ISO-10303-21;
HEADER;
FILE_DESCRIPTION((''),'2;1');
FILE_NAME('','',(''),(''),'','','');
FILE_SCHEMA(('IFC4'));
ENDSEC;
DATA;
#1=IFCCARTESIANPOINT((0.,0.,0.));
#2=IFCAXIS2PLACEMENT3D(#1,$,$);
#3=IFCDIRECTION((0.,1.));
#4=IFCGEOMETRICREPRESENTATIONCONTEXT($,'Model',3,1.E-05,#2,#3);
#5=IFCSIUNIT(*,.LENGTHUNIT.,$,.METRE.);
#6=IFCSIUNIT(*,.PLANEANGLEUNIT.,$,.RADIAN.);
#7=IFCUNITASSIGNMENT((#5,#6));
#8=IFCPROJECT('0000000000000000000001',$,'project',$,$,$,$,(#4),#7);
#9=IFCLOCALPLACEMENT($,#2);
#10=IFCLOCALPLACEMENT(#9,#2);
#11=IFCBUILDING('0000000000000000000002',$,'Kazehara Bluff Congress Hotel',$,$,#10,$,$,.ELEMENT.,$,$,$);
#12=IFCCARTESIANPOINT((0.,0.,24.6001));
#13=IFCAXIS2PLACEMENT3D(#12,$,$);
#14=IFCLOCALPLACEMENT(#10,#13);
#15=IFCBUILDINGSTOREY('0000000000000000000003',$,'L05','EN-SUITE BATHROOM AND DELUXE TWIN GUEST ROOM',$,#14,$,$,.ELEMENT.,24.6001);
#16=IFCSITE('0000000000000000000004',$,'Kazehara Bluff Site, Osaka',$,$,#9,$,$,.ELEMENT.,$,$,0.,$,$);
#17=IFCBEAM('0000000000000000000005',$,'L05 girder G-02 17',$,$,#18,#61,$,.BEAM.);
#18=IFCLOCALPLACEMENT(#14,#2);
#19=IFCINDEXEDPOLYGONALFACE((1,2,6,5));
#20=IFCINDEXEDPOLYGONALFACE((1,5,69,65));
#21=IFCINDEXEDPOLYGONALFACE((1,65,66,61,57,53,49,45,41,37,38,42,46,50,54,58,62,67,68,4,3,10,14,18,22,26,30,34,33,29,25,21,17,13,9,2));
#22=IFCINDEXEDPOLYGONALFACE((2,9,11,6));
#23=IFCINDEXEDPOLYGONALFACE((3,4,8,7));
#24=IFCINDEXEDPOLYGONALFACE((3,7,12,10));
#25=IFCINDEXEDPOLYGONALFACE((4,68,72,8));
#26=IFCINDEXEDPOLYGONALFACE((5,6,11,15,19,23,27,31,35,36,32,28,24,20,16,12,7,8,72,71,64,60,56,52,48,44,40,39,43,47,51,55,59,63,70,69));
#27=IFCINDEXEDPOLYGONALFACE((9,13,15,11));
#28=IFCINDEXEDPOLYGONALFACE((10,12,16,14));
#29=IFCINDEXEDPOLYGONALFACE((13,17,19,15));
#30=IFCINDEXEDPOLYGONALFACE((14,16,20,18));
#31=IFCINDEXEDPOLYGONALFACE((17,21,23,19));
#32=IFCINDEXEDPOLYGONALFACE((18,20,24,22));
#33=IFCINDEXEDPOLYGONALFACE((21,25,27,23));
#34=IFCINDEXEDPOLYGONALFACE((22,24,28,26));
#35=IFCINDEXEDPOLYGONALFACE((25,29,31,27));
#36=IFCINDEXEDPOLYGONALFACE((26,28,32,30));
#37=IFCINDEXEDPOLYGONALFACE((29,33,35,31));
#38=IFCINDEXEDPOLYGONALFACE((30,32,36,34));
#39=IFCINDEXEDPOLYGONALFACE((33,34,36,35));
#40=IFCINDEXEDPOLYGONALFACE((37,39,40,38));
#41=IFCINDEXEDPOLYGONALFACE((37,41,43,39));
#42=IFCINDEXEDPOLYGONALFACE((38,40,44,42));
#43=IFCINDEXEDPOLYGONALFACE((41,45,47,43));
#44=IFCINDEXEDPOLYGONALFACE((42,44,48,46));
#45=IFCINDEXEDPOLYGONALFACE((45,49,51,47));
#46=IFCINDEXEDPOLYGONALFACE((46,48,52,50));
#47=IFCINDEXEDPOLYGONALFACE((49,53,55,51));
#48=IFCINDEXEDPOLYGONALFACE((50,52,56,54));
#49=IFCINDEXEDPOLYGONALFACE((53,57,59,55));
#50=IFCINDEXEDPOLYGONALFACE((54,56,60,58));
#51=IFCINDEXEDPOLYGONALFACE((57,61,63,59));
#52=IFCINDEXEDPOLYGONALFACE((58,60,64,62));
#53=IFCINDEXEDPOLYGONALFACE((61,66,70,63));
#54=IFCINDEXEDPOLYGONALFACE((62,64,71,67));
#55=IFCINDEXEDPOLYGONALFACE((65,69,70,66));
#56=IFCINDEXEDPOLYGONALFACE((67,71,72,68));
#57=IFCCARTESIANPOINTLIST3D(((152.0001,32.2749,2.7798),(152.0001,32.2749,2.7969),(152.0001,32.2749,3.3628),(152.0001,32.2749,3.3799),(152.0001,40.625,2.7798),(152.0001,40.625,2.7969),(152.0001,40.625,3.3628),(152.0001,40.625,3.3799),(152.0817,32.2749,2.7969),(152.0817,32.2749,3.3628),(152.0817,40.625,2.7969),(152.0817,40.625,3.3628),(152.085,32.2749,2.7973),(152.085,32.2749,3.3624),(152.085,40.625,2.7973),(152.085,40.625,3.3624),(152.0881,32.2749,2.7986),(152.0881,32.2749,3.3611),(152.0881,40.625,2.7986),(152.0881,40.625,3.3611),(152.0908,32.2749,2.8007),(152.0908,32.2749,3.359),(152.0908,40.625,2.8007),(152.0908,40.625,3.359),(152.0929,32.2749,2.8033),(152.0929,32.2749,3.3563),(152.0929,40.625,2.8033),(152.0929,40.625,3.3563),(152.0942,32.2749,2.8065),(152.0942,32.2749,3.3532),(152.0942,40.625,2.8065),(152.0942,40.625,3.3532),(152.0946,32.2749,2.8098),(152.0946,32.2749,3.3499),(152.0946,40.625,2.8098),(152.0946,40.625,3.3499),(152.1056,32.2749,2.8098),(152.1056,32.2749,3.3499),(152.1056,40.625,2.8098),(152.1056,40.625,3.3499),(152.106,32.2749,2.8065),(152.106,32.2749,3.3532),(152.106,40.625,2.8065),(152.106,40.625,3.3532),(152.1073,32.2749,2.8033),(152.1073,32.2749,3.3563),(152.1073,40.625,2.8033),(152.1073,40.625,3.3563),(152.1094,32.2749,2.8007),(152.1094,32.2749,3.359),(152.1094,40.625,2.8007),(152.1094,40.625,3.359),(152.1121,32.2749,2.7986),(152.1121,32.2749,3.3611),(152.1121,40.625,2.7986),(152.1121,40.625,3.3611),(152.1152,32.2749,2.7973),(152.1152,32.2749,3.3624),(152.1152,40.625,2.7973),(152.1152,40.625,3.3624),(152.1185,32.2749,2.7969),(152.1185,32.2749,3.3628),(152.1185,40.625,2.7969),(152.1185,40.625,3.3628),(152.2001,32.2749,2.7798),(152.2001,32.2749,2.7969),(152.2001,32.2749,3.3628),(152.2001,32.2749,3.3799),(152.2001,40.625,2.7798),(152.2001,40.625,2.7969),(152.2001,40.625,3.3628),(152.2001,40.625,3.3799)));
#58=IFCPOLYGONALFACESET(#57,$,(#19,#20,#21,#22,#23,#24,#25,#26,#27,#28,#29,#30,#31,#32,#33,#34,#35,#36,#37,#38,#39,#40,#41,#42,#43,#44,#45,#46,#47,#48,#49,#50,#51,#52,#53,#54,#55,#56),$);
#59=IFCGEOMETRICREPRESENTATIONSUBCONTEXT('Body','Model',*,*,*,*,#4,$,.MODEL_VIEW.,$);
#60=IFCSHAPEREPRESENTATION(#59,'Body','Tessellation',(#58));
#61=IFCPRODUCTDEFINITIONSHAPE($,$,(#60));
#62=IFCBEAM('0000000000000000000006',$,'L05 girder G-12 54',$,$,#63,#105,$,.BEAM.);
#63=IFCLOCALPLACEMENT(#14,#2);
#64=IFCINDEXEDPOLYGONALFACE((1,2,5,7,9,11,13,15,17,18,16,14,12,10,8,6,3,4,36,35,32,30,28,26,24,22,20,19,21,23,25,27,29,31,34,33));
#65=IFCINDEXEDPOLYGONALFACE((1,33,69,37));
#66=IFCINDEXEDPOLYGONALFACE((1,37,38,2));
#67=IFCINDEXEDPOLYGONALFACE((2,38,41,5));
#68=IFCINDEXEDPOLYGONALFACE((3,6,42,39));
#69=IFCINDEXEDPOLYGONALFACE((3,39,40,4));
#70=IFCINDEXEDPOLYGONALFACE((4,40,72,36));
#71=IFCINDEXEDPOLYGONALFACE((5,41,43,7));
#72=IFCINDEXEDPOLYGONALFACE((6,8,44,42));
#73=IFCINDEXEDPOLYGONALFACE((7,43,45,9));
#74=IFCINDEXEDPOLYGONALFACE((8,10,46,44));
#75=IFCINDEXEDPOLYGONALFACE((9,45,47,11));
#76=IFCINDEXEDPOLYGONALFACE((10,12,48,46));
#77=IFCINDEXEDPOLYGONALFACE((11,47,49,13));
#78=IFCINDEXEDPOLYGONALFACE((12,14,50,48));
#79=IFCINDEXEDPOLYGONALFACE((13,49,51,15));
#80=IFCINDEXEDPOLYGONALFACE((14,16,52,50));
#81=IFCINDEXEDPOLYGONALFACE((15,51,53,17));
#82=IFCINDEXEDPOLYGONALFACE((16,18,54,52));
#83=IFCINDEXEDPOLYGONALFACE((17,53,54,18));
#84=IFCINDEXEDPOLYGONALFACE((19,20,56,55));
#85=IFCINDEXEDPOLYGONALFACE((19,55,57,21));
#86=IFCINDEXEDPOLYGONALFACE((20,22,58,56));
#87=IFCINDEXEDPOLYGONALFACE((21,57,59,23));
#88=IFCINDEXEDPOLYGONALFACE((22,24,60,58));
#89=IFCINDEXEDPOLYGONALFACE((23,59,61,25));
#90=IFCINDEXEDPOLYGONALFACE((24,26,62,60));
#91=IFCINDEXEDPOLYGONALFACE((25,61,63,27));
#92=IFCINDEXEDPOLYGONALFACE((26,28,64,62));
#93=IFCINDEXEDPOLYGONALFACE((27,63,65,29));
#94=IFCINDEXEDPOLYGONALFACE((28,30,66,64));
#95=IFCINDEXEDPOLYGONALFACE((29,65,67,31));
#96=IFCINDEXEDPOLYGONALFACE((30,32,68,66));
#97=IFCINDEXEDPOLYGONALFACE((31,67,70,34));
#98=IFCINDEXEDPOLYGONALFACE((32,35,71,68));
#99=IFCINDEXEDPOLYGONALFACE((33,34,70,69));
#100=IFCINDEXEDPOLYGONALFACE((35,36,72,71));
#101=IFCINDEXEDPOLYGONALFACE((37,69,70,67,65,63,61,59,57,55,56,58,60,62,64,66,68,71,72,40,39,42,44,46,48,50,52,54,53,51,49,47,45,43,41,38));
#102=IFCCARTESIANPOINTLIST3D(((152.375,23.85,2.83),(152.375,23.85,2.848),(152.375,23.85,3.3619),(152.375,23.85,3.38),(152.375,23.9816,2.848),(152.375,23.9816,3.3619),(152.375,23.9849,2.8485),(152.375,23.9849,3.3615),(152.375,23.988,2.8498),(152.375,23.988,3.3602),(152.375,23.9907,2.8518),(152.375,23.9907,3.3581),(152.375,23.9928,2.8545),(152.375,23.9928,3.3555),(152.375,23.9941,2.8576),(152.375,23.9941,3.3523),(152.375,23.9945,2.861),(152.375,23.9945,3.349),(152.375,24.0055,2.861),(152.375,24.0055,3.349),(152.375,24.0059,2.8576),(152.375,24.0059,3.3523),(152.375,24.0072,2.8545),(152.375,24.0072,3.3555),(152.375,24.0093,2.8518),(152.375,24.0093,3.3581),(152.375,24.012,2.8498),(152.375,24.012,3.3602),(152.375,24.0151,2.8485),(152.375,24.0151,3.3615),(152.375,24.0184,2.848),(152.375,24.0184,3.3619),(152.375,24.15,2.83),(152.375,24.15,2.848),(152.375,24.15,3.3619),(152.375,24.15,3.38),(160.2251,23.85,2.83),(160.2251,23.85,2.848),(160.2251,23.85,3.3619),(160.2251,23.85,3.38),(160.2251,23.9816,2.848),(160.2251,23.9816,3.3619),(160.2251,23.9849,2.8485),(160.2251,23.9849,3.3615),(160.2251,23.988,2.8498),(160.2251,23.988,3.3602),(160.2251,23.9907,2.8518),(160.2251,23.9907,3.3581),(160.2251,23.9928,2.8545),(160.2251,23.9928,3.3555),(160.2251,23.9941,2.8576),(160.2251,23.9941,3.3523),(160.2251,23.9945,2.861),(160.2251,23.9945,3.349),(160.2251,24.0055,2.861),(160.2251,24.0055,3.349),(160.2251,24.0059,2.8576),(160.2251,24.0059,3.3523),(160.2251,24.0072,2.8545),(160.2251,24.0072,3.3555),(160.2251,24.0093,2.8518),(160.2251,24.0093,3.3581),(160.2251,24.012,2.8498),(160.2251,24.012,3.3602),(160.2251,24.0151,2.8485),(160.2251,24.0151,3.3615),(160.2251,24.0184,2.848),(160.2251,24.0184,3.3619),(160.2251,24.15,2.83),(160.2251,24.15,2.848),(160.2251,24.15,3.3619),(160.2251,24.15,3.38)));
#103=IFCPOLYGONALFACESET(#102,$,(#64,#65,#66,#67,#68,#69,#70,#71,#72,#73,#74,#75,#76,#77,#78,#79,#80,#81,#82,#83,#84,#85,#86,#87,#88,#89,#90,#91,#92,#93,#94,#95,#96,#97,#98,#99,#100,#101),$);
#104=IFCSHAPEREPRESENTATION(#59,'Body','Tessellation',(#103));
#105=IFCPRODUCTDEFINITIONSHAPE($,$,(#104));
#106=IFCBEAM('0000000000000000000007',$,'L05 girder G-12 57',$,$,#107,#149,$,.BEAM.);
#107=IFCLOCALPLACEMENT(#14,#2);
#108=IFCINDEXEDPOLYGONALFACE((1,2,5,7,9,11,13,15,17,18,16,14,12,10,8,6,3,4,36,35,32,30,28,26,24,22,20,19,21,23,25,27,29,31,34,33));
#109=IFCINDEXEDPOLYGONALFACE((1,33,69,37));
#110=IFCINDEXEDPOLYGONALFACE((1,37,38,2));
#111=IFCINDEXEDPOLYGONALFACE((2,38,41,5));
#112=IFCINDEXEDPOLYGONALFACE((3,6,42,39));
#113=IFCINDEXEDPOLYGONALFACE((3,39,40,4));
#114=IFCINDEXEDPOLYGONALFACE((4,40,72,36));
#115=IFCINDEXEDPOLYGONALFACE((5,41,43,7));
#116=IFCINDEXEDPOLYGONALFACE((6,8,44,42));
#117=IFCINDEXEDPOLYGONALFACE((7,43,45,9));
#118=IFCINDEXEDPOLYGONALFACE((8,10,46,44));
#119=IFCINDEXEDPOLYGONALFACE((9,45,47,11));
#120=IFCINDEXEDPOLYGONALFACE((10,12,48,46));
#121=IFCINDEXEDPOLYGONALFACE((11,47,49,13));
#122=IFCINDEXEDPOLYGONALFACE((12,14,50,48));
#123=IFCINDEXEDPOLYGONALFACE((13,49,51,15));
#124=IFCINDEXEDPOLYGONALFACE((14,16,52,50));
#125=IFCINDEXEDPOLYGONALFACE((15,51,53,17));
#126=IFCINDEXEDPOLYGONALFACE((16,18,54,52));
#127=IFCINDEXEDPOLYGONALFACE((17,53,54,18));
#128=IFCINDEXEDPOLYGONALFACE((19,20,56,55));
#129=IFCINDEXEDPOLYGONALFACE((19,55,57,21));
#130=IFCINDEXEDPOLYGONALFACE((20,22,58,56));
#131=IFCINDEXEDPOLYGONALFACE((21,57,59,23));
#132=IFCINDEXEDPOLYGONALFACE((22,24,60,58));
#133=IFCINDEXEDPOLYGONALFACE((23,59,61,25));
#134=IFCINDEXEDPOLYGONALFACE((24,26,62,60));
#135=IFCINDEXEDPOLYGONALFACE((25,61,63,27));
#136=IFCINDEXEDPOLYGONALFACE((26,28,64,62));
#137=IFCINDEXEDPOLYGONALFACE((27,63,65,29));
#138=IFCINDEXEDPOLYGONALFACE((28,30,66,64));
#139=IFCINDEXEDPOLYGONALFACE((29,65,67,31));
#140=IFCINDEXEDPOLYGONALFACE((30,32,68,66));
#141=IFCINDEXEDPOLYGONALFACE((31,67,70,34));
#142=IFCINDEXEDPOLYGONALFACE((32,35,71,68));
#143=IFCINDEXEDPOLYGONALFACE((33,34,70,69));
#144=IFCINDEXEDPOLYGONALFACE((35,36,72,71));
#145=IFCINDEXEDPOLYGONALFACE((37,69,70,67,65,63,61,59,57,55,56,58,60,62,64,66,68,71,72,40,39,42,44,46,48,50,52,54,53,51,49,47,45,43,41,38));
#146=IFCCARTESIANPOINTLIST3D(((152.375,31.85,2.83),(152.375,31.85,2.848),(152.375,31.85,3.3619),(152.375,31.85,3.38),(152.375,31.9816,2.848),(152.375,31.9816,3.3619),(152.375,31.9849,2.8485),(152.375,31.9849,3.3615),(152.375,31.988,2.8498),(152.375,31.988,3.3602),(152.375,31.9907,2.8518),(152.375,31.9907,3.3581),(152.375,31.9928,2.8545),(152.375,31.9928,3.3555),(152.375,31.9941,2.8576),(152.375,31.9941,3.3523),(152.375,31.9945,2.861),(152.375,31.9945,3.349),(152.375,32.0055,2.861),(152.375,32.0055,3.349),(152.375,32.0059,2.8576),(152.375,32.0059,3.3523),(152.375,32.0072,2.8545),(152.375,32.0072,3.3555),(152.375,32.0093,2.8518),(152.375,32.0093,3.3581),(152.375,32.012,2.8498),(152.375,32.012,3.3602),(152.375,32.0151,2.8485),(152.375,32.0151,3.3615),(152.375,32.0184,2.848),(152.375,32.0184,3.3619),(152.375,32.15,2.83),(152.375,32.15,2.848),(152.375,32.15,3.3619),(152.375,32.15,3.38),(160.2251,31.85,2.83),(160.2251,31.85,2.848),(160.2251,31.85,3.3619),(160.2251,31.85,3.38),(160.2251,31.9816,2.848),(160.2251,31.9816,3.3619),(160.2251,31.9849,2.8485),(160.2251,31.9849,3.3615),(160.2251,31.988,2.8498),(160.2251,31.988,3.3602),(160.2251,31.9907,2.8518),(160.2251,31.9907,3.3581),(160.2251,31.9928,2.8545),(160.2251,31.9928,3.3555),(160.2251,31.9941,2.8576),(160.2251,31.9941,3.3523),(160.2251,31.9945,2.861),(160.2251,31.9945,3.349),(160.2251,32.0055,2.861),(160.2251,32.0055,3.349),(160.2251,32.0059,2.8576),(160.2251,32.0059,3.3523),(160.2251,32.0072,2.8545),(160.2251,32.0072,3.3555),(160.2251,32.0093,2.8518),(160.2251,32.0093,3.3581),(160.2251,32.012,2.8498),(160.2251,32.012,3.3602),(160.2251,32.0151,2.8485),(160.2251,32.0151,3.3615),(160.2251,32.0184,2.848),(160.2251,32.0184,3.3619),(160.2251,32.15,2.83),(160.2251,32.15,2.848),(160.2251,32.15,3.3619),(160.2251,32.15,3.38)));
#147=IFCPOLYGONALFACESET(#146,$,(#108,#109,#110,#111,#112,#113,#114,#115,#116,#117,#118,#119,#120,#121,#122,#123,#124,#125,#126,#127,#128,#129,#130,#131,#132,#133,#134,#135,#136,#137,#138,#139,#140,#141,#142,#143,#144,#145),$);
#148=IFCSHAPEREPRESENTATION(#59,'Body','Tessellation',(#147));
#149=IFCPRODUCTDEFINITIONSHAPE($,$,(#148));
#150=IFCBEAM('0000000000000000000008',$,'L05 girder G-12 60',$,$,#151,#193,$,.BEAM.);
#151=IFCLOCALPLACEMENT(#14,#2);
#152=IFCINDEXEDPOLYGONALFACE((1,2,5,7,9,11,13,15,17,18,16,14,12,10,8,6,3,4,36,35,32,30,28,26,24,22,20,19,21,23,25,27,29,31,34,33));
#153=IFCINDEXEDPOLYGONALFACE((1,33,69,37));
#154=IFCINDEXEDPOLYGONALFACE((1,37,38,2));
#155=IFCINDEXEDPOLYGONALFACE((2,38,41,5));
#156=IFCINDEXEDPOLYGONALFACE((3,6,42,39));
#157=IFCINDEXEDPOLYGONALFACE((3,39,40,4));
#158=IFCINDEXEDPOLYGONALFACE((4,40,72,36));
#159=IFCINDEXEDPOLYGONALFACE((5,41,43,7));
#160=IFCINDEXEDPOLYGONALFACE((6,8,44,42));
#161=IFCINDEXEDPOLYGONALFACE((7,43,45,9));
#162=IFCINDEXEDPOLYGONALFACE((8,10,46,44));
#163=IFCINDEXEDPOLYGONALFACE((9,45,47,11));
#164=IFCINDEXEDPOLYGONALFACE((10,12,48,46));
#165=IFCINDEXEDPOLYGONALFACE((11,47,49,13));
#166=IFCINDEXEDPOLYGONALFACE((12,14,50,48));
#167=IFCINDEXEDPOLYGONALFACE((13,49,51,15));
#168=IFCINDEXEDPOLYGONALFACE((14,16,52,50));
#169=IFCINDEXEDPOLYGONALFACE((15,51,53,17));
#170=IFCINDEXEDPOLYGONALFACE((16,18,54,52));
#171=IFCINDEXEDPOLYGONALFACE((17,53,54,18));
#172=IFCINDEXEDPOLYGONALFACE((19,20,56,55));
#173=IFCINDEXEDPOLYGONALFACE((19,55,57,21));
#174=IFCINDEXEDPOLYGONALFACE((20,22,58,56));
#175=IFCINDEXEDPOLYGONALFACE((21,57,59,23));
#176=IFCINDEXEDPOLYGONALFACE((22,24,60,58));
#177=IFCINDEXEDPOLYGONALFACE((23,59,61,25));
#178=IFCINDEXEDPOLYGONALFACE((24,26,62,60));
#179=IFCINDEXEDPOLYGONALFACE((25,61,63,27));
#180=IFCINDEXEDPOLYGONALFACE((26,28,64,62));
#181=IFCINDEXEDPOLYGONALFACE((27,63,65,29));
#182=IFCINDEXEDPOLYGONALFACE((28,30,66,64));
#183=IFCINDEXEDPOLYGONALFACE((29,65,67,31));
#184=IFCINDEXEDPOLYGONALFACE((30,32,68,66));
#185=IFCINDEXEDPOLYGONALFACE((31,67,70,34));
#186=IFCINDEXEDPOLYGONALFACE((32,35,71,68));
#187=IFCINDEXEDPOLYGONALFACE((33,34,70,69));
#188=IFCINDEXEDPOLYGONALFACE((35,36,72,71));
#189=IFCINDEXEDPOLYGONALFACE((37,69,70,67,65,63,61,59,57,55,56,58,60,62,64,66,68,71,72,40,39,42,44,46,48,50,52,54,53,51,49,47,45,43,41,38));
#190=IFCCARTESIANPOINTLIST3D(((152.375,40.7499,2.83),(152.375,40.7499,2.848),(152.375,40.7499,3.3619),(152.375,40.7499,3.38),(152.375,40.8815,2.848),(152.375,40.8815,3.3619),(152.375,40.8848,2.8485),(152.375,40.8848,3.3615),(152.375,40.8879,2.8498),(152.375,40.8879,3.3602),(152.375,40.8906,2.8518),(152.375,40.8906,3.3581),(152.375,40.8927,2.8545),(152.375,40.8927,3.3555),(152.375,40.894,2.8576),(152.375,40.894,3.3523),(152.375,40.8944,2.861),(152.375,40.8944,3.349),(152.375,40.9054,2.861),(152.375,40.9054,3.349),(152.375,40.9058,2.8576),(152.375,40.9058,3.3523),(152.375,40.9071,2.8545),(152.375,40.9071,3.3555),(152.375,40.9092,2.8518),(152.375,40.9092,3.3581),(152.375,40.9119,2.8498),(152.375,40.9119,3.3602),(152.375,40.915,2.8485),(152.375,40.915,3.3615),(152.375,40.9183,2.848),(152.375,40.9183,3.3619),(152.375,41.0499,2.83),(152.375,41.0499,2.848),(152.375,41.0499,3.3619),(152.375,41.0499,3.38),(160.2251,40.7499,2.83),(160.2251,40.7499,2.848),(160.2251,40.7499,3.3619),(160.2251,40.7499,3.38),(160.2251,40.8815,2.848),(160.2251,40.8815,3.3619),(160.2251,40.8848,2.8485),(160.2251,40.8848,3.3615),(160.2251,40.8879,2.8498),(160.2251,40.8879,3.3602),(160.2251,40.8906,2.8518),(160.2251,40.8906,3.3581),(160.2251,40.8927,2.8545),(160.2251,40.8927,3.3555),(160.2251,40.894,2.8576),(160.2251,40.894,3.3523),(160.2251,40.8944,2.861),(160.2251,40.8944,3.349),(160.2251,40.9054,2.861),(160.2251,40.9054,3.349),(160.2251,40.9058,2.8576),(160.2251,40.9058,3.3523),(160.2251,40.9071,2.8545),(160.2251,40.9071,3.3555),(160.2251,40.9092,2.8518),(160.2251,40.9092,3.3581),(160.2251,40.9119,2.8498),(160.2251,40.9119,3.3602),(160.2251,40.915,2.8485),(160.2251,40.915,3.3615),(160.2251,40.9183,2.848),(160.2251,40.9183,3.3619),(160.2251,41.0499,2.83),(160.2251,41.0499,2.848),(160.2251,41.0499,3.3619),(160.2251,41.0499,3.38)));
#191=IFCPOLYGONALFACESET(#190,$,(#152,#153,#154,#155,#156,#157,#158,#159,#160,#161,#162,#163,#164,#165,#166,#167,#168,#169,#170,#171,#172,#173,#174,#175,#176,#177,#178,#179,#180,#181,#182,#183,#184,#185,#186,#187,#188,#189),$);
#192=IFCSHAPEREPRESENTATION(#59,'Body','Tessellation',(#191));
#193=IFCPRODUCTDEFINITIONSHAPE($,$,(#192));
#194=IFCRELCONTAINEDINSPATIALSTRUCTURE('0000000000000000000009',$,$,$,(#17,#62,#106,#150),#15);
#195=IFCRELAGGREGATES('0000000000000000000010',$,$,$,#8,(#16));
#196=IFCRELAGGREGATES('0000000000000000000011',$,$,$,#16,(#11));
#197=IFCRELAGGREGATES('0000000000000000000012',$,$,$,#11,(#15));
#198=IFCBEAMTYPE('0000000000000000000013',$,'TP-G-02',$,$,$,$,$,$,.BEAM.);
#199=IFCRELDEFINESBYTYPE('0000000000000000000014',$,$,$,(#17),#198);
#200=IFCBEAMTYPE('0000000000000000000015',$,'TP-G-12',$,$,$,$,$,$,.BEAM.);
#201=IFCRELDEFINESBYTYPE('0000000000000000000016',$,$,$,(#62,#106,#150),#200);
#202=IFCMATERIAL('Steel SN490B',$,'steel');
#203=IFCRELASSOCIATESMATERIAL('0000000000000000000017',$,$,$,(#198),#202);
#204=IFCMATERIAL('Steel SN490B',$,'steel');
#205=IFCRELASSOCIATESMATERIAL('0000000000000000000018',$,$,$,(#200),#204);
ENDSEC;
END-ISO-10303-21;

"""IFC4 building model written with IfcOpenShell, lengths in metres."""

from ifc_helpers import new_model, si_unit, direction, frame, origin, origin_2d, place, context, subcontext, project, spatial, i_section, extrude, material, material_profile, profile_set, type_object, element, save


model = new_model("IFC4")

# Units and contexts
model_context = context("Model", 3, precision=1e-05, world=origin(), true_north=direction((0.0, 1.0)))
body_context = subcontext(model_context, "Body", "Model", "MODEL_VIEW")
ifc_project = project(units=[si_unit("LENGTHUNIT", "METRE"), si_unit("PLANEANGLEUNIT", "RADIAN")], contexts=[model_context])

# Site, building, storey
site_placement = place(None, origin())
site = spatial("IfcSite", under=ifc_project, at=site_placement, Name="Kazehara Bluff Site, Osaka", CompositionType="ELEMENT", RefElevation=0.0)
building_placement = place(site_placement, origin())
building = spatial("IfcBuilding", under=site, at=building_placement, Name="Kazehara Bluff Congress Hotel", CompositionType="ELEMENT")
storey_placement = place(building_placement, frame((0.0, 0.0, 24.6001)))
storey = spatial("IfcBuildingStorey", under=building, at=storey_placement, Name="L05", Description="EN-SUITE BATHROOM AND DELUXE TWIN GUEST ROOM", CompositionType="ELEMENT", Elevation=24.6001)

# Beams
ifc_material_1 = material(Name="Steel SN490B", Category="steel")
ifc_material_profile_1 = material_profile(ifc_material_1, i_section(OverallWidth=0.2, OverallDepth=0.6001, WebThickness=0.011, FlangeThickness=0.0171, FilletRadius=0.0129, at=origin_2d()))
ifc_profile_set_1 = profile_set([ifc_material_profile_1], Name="Steel SN490B")
beam_type_1 = type_object("IfcBeamType", Name="TP-G-02", PredefinedType="BEAM", material=ifc_profile_set_1)
beam_1_placement = place(storey_placement, frame((152.1001, 32.2749, 3.0798), z_axis=(0.0, 1.0, 0.0), x_axis=(-1.0, 0.0, 0.0)))
element("IfcBeam", 1, at=beam_1_placement, inside=storey, type_object=beam_type_1, Name="L05 girder G-02 17", PredefinedType="BEAM", context=body_context, shape_type="SweptSolid", body=[
    extrude(i_section(OverallWidth=0.2, OverallDepth=0.6001, WebThickness=0.011, FlangeThickness=0.0171, FilletRadius=0.0129, at=origin_2d()), origin(), (0.0, 0.0, 1.0), 8.3501),
])
ifc_material_2 = material(Name="Steel SN490B", Category="steel")
ifc_material_profile_2 = material_profile(ifc_material_2, i_section(OverallWidth=0.3, OverallDepth=0.55, WebThickness=0.011, FlangeThickness=0.0181, FilletRadius=0.0129, at=origin_2d()))
ifc_profile_set_2 = profile_set([ifc_material_profile_2], Name="Steel SN490B")
beam_type_2 = type_object("IfcBeamType", Name="TP-G-12", PredefinedType="BEAM", material=ifc_profile_set_2)
for number, where, z_axis, x_axis, name in (
    (2, (152.375, 24.0, 3.105), (1.0, 0.0, 0.0), (0.0, 1.0, 0.0), "L05 girder G-12 54"),
    (3, (152.375, 32.0, 3.105), (1.0, 0.0, 0.0), (0.0, 1.0, 0.0), "L05 girder G-12 57"),
    (4, (152.375, 40.8999, 3.105), (1.0, 0.0, 0.0), (0.0, 1.0, 0.0), "L05 girder G-12 60"),
):
    element("IfcBeam", number, at=place(storey_placement, frame(where, z_axis=z_axis, x_axis=x_axis)), inside=storey, type_object=beam_type_2, Name=name, PredefinedType="BEAM", context=body_context, shape_type="SweptSolid", body=[
        extrude(i_section(OverallWidth=0.3, OverallDepth=0.55, WebThickness=0.011, FlangeThickness=0.0181, FilletRadius=0.0129, at=origin_2d()), origin(), (0.0, 0.0, 1.0), 7.8501),
    ])

save(model, "model.ifc")
